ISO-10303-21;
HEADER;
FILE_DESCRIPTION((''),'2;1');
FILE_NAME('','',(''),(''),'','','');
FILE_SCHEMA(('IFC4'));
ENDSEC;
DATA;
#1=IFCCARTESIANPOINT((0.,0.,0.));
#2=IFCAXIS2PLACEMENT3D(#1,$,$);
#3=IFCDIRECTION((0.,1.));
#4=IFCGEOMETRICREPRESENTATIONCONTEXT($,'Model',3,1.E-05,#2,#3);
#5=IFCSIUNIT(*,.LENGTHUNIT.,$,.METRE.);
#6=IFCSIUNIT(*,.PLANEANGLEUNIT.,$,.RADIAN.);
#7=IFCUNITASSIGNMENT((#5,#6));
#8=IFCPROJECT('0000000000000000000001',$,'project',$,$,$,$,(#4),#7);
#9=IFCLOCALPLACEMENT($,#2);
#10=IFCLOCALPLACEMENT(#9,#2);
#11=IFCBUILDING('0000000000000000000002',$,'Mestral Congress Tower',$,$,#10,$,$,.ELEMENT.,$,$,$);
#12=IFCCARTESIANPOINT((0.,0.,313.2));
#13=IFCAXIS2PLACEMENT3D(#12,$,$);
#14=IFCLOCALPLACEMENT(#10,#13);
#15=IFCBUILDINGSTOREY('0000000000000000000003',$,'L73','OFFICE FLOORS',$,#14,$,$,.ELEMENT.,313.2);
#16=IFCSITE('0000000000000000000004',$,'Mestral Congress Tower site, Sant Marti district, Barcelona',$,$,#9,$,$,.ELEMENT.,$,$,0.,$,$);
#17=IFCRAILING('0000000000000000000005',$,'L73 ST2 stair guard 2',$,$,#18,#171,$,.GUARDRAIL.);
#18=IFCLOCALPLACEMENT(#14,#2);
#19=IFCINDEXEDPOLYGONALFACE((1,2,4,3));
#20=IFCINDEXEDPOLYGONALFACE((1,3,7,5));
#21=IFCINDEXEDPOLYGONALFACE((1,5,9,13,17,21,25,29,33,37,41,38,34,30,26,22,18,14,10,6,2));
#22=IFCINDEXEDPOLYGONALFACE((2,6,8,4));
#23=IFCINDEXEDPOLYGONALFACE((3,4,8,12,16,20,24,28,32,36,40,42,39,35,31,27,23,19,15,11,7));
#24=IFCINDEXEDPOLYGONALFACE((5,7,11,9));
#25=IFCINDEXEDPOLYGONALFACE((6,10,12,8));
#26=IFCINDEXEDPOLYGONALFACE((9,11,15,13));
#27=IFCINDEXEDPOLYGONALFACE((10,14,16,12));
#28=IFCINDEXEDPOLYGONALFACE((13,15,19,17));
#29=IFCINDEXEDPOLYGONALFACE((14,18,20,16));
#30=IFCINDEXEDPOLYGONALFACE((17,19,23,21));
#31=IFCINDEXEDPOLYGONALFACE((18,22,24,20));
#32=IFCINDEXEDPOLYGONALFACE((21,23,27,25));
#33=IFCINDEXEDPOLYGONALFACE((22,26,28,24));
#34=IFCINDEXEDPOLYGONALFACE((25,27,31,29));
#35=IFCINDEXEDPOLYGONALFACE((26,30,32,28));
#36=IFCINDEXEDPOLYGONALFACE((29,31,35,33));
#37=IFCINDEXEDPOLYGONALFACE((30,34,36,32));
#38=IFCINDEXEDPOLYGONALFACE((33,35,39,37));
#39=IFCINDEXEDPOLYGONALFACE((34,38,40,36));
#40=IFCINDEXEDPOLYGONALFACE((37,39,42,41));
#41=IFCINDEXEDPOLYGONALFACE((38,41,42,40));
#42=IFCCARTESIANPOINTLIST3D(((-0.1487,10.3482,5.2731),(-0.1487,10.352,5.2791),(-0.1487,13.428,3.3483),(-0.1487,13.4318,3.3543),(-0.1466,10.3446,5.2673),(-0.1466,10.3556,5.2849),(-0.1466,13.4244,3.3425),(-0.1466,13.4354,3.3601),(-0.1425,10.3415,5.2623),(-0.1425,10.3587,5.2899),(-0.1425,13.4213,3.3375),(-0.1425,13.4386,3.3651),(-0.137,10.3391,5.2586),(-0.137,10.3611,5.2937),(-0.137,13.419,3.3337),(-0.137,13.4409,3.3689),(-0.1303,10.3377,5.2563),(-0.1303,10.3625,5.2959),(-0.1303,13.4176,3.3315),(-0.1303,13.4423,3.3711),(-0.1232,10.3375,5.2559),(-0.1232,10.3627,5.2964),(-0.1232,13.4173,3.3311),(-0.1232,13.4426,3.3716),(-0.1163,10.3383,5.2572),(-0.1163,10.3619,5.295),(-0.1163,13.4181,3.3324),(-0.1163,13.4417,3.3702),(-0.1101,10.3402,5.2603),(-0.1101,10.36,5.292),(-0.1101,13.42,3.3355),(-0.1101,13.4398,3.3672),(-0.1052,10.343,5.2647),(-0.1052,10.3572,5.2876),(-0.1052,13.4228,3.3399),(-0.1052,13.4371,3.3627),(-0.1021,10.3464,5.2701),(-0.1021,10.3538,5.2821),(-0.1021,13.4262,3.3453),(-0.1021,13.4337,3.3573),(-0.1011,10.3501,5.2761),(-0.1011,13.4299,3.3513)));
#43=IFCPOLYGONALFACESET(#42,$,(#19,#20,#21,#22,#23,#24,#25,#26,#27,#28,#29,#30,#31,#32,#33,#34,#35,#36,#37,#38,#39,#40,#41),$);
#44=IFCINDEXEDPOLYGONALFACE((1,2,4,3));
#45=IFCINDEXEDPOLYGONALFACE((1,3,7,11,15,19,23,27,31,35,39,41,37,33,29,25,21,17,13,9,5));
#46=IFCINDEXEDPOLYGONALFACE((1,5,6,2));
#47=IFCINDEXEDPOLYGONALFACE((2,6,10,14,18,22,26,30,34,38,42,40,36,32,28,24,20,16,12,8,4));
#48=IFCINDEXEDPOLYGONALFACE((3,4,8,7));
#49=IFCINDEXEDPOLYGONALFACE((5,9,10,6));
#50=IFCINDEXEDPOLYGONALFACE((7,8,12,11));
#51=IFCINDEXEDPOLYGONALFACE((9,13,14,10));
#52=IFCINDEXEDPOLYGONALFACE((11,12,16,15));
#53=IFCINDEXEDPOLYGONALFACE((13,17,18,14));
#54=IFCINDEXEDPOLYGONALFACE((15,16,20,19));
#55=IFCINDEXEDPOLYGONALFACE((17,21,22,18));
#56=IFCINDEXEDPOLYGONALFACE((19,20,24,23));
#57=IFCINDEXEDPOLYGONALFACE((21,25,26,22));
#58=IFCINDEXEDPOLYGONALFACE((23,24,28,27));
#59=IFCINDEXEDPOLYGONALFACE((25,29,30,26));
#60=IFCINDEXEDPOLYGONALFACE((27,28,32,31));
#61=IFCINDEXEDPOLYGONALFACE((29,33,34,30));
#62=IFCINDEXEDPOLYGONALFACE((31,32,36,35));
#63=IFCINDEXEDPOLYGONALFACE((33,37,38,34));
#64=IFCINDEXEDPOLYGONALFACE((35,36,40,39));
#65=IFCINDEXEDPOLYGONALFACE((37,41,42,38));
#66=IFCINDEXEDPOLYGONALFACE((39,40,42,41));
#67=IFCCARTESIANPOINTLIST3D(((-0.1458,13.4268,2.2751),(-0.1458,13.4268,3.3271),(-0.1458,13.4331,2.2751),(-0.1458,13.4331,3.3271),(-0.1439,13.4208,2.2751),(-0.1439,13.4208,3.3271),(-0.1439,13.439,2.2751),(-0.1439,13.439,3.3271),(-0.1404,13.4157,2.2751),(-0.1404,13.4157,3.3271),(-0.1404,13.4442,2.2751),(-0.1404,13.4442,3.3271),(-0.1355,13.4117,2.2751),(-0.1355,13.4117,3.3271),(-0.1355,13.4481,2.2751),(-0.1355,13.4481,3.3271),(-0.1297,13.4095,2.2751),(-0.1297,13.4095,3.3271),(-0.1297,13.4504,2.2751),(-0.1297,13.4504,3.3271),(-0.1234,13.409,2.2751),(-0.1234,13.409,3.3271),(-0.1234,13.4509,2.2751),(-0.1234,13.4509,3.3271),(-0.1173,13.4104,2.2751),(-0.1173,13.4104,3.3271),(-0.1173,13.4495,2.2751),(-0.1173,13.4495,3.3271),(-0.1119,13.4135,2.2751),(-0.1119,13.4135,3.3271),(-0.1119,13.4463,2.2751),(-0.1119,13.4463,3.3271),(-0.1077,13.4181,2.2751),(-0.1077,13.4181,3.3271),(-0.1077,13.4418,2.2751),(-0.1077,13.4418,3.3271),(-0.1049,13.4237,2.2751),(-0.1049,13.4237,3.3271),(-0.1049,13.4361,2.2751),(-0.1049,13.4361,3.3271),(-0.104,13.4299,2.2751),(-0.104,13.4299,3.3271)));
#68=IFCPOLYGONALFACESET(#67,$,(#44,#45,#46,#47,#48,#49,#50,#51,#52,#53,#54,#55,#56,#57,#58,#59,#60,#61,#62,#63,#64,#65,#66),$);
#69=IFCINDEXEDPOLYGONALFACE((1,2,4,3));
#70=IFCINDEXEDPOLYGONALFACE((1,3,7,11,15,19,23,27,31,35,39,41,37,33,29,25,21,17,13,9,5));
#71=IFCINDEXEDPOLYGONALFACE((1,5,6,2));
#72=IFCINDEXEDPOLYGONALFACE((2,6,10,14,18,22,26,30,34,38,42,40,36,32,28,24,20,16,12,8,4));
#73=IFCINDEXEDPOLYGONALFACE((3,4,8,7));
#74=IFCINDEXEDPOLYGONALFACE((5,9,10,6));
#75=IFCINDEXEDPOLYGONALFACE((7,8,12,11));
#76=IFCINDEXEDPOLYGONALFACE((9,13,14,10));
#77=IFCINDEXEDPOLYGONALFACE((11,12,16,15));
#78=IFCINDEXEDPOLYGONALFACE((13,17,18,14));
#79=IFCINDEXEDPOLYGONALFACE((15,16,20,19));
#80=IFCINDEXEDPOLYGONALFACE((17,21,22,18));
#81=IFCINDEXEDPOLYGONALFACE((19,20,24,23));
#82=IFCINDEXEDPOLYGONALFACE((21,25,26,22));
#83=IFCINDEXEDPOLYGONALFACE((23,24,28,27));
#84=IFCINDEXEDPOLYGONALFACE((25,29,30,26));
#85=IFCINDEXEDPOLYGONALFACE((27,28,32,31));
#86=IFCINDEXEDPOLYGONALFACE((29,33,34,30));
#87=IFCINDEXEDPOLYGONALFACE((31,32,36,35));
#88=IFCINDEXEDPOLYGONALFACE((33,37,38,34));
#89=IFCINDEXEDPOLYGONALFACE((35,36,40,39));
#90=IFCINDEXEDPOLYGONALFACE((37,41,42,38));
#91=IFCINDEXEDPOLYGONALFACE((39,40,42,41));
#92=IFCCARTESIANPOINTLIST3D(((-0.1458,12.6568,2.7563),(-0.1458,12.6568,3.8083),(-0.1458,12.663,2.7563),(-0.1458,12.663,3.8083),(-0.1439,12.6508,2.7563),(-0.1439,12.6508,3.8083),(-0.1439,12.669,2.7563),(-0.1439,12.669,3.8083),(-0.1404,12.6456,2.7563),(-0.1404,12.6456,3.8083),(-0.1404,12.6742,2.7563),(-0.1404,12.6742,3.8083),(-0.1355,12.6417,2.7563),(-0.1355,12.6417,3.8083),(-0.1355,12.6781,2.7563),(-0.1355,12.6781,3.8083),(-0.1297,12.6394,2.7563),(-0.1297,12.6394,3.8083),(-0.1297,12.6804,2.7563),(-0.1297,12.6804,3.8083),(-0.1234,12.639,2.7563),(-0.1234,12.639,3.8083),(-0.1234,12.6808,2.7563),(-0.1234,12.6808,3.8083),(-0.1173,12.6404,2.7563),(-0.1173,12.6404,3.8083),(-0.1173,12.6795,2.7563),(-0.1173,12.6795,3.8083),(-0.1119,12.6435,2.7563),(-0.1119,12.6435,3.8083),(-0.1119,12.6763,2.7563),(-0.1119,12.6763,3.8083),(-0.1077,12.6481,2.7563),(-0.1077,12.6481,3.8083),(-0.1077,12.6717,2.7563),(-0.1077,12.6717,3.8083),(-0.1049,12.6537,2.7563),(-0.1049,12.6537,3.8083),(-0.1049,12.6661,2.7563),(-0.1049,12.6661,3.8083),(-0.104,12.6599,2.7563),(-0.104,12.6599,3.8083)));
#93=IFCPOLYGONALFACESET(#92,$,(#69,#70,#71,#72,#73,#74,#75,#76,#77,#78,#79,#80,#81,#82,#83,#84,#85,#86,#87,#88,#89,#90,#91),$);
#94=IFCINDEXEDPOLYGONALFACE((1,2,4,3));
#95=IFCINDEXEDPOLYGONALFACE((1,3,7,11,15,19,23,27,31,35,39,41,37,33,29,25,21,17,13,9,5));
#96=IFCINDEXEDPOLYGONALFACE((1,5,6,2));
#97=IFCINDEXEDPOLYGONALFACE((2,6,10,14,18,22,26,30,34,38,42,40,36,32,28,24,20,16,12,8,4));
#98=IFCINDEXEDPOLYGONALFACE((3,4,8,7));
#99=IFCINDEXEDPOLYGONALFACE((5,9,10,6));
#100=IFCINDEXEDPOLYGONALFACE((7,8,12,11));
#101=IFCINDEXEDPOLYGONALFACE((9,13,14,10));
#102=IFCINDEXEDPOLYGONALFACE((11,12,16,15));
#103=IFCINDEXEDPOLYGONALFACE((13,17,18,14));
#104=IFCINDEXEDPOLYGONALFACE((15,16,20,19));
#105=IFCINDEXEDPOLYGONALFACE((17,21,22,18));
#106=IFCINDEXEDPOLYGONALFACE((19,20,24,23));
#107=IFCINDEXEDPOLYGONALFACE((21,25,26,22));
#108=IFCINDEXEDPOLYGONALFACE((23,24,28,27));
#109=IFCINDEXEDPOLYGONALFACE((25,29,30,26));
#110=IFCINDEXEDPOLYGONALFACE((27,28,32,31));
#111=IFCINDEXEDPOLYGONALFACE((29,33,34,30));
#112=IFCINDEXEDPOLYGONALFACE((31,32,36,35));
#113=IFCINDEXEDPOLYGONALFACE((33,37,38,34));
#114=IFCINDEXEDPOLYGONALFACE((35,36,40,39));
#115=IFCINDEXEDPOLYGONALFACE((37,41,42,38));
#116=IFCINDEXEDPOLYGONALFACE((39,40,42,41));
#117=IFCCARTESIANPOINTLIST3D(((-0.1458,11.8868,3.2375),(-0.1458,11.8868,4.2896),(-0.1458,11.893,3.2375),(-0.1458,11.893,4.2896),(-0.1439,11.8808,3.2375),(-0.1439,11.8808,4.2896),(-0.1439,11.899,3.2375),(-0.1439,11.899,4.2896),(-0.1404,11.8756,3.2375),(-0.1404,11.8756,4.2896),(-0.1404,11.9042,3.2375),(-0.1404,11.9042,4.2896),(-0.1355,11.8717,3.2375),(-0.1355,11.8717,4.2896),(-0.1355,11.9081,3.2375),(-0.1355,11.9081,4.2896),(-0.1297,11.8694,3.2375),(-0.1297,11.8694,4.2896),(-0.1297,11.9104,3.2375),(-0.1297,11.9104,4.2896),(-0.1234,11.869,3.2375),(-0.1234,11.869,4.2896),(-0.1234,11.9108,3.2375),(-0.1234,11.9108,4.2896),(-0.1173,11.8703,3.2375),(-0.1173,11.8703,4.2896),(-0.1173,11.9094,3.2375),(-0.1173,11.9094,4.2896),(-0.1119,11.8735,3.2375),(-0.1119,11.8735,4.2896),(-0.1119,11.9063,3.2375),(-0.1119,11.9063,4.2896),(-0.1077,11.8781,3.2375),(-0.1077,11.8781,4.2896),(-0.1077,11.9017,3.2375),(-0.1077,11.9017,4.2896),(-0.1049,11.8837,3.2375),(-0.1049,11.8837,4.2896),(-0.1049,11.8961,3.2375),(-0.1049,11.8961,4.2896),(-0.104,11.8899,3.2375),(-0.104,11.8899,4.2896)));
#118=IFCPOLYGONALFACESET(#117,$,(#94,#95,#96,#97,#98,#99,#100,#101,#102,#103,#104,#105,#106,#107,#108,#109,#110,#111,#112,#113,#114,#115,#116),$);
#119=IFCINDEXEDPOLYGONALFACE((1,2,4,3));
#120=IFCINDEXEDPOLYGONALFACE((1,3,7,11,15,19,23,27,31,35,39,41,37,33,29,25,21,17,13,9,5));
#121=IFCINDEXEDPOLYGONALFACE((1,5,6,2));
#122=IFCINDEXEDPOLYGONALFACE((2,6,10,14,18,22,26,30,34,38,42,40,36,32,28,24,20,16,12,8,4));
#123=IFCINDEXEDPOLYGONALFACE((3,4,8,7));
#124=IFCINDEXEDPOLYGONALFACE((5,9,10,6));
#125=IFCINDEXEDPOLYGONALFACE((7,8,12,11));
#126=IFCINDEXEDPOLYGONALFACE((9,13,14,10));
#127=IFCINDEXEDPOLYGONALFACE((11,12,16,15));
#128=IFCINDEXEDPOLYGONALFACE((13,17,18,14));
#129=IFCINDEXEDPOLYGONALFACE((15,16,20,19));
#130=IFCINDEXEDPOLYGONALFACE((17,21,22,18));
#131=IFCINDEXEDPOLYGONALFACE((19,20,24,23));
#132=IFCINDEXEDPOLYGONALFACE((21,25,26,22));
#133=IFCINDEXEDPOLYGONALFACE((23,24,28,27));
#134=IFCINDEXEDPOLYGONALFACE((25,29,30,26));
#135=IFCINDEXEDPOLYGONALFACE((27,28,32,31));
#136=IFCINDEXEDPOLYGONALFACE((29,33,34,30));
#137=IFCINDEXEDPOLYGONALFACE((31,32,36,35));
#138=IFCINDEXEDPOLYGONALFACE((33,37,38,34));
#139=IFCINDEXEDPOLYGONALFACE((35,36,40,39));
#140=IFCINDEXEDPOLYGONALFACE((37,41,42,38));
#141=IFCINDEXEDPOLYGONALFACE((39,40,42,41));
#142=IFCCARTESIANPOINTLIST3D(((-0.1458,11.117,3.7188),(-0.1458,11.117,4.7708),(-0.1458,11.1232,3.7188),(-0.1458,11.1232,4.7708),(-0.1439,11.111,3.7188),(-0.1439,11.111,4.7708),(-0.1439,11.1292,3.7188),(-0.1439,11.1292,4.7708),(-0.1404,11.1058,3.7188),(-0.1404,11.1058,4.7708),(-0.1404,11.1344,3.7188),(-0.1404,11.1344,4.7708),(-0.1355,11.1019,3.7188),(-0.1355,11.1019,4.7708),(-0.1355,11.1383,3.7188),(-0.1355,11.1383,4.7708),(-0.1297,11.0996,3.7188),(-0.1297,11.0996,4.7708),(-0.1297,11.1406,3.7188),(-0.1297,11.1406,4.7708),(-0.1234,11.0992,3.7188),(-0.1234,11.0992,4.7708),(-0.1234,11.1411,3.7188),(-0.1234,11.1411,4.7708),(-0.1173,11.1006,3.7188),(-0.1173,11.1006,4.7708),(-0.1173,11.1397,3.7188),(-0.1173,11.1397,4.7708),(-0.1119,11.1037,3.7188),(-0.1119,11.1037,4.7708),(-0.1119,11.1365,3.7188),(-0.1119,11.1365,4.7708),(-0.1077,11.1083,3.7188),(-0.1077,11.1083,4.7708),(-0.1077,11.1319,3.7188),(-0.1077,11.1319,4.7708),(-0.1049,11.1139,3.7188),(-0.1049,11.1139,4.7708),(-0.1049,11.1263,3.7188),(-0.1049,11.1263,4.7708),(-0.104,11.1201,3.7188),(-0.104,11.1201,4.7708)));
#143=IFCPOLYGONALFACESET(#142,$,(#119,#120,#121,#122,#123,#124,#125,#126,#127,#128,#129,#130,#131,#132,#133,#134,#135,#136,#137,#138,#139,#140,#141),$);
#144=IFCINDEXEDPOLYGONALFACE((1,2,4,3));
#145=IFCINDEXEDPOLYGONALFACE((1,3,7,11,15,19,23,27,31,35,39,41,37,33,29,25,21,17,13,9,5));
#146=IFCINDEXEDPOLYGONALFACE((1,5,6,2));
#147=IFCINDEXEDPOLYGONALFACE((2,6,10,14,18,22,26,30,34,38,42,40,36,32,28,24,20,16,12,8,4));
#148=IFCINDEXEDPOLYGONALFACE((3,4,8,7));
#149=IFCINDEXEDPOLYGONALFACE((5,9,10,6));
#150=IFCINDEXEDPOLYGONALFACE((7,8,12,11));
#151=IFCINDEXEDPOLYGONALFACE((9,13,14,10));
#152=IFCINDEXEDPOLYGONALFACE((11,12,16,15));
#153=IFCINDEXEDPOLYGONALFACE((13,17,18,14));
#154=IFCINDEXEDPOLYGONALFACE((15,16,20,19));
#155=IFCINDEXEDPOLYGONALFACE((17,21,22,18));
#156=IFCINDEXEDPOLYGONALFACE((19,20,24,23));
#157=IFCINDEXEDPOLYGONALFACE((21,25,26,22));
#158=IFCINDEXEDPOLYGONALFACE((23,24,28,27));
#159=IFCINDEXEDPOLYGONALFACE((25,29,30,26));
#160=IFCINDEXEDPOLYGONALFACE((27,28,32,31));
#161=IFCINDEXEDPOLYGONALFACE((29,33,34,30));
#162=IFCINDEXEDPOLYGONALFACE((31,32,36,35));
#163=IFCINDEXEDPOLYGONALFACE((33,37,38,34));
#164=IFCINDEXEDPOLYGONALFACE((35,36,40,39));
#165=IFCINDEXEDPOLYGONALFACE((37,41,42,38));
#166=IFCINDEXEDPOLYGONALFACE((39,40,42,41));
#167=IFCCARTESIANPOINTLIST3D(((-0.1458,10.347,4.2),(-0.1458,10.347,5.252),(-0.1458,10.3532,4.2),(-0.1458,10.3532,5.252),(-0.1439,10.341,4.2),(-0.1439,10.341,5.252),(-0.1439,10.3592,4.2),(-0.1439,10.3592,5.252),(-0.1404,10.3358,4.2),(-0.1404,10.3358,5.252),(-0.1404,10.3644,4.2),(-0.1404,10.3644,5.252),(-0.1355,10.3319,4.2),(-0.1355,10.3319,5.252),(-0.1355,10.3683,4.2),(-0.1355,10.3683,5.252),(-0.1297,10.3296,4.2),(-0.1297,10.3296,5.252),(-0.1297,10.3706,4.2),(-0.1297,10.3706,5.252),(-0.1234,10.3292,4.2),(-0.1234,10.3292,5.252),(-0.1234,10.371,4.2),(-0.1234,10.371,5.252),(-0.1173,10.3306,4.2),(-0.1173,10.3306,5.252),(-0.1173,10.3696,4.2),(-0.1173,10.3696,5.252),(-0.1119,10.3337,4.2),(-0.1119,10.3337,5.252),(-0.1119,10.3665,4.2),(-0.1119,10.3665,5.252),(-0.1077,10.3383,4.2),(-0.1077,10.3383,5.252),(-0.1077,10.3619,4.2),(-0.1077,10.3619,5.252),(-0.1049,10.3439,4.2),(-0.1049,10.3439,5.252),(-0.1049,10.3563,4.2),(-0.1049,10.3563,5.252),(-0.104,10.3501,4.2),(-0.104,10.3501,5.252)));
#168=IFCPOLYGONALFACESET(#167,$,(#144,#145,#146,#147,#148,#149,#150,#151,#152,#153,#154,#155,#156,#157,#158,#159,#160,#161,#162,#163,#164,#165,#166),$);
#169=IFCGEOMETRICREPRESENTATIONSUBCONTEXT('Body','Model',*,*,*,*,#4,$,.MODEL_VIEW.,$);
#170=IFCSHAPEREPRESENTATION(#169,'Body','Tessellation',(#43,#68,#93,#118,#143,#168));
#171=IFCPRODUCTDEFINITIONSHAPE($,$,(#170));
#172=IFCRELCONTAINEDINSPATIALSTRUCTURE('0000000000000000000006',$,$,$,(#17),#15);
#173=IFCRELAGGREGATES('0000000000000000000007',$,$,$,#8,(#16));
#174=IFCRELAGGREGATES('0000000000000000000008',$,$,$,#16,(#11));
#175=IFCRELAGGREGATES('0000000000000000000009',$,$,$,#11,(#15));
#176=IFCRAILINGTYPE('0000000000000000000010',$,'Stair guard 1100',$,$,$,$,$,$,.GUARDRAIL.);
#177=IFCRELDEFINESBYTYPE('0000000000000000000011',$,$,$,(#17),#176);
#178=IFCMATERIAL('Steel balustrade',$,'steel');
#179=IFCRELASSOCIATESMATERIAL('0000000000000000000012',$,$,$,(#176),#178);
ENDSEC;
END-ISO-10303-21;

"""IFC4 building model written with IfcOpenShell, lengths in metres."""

from ifc_helpers import new_model, si_unit, direction, frame, origin, origin_2d, place, context, subcontext, project, spatial, circle, extrude, material, type_object, element, save


model = new_model("IFC4")

# Units and contexts
model_context = context("Model", 3, precision=1e-05, world=origin(), true_north=direction((0.0, 1.0)))
body_context = subcontext(model_context, "Body", "Model", "MODEL_VIEW")
ifc_project = project(units=[si_unit("LENGTHUNIT", "METRE"), si_unit("PLANEANGLEUNIT", "RADIAN")], contexts=[model_context])

# Site, building, storey
site_placement = place(None, origin())
site = spatial("IfcSite", under=ifc_project, at=site_placement, Name="Mestral Congress Tower site, Sant Marti district, Barcelona", CompositionType="ELEMENT", RefElevation=0.0)
building_placement = place(site_placement, origin())
building = spatial("IfcBuilding", under=site, at=building_placement, Name="Mestral Congress Tower", CompositionType="ELEMENT")
storey_placement = place(building_placement, frame((0.0, 0.0, 313.2)))
storey = spatial("IfcBuildingStorey", under=building, at=storey_placement, Name="L73", Description="OFFICE FLOORS", CompositionType="ELEMENT", Elevation=313.2)

# Railing
ifc_material_1 = material(Name="Steel balustrade", Category="steel")
railing_type = type_object("IfcRailingType", Name="Stair guard 1100", PredefinedType="GUARDRAIL", material=ifc_material_1)
railing_placement = place(storey_placement, frame((-0.125, 13.4299, 2.2751)))
element("IfcRailing", 1, at=railing_placement, inside=storey, type_object=railing_type, Name="L73 ST2 stair guard 2", PredefinedType="GUARDRAIL", context=body_context, shape_type="SweptSolid", body=[
    extrude(circle(Radius=0.0239, at=origin_2d()), frame((0.0, 0.0, 1.0762), z_axis=(0.0, -0.84801, 0.529981), x_axis=(1.0, 0.0, 0.0)), (0.0, 0.0, 1.0), 3.6318),
    extrude(circle(Radius=0.021, at=origin_2d()), origin(), (0.0, 0.0, 1.0), 1.052),
    extrude(circle(Radius=0.021, at=origin_2d()), frame((0.0, -0.77, 0.4812)), (0.0, 0.0, 1.0), 1.052),
    extrude(circle(Radius=0.021, at=origin_2d()), frame((0.0, -1.54, 0.9624)), (0.0, 0.0, 1.0), 1.052),
    extrude(circle(Radius=0.021, at=origin_2d()), frame((0.0, -2.3098, 1.4436)), (0.0, 0.0, 1.0), 1.052),
    extrude(circle(Radius=0.021, at=origin_2d()), frame((0.0, -3.0798, 1.9248)), (0.0, 0.0, 1.0), 1.052),
])

save(model, "model.ifc")
